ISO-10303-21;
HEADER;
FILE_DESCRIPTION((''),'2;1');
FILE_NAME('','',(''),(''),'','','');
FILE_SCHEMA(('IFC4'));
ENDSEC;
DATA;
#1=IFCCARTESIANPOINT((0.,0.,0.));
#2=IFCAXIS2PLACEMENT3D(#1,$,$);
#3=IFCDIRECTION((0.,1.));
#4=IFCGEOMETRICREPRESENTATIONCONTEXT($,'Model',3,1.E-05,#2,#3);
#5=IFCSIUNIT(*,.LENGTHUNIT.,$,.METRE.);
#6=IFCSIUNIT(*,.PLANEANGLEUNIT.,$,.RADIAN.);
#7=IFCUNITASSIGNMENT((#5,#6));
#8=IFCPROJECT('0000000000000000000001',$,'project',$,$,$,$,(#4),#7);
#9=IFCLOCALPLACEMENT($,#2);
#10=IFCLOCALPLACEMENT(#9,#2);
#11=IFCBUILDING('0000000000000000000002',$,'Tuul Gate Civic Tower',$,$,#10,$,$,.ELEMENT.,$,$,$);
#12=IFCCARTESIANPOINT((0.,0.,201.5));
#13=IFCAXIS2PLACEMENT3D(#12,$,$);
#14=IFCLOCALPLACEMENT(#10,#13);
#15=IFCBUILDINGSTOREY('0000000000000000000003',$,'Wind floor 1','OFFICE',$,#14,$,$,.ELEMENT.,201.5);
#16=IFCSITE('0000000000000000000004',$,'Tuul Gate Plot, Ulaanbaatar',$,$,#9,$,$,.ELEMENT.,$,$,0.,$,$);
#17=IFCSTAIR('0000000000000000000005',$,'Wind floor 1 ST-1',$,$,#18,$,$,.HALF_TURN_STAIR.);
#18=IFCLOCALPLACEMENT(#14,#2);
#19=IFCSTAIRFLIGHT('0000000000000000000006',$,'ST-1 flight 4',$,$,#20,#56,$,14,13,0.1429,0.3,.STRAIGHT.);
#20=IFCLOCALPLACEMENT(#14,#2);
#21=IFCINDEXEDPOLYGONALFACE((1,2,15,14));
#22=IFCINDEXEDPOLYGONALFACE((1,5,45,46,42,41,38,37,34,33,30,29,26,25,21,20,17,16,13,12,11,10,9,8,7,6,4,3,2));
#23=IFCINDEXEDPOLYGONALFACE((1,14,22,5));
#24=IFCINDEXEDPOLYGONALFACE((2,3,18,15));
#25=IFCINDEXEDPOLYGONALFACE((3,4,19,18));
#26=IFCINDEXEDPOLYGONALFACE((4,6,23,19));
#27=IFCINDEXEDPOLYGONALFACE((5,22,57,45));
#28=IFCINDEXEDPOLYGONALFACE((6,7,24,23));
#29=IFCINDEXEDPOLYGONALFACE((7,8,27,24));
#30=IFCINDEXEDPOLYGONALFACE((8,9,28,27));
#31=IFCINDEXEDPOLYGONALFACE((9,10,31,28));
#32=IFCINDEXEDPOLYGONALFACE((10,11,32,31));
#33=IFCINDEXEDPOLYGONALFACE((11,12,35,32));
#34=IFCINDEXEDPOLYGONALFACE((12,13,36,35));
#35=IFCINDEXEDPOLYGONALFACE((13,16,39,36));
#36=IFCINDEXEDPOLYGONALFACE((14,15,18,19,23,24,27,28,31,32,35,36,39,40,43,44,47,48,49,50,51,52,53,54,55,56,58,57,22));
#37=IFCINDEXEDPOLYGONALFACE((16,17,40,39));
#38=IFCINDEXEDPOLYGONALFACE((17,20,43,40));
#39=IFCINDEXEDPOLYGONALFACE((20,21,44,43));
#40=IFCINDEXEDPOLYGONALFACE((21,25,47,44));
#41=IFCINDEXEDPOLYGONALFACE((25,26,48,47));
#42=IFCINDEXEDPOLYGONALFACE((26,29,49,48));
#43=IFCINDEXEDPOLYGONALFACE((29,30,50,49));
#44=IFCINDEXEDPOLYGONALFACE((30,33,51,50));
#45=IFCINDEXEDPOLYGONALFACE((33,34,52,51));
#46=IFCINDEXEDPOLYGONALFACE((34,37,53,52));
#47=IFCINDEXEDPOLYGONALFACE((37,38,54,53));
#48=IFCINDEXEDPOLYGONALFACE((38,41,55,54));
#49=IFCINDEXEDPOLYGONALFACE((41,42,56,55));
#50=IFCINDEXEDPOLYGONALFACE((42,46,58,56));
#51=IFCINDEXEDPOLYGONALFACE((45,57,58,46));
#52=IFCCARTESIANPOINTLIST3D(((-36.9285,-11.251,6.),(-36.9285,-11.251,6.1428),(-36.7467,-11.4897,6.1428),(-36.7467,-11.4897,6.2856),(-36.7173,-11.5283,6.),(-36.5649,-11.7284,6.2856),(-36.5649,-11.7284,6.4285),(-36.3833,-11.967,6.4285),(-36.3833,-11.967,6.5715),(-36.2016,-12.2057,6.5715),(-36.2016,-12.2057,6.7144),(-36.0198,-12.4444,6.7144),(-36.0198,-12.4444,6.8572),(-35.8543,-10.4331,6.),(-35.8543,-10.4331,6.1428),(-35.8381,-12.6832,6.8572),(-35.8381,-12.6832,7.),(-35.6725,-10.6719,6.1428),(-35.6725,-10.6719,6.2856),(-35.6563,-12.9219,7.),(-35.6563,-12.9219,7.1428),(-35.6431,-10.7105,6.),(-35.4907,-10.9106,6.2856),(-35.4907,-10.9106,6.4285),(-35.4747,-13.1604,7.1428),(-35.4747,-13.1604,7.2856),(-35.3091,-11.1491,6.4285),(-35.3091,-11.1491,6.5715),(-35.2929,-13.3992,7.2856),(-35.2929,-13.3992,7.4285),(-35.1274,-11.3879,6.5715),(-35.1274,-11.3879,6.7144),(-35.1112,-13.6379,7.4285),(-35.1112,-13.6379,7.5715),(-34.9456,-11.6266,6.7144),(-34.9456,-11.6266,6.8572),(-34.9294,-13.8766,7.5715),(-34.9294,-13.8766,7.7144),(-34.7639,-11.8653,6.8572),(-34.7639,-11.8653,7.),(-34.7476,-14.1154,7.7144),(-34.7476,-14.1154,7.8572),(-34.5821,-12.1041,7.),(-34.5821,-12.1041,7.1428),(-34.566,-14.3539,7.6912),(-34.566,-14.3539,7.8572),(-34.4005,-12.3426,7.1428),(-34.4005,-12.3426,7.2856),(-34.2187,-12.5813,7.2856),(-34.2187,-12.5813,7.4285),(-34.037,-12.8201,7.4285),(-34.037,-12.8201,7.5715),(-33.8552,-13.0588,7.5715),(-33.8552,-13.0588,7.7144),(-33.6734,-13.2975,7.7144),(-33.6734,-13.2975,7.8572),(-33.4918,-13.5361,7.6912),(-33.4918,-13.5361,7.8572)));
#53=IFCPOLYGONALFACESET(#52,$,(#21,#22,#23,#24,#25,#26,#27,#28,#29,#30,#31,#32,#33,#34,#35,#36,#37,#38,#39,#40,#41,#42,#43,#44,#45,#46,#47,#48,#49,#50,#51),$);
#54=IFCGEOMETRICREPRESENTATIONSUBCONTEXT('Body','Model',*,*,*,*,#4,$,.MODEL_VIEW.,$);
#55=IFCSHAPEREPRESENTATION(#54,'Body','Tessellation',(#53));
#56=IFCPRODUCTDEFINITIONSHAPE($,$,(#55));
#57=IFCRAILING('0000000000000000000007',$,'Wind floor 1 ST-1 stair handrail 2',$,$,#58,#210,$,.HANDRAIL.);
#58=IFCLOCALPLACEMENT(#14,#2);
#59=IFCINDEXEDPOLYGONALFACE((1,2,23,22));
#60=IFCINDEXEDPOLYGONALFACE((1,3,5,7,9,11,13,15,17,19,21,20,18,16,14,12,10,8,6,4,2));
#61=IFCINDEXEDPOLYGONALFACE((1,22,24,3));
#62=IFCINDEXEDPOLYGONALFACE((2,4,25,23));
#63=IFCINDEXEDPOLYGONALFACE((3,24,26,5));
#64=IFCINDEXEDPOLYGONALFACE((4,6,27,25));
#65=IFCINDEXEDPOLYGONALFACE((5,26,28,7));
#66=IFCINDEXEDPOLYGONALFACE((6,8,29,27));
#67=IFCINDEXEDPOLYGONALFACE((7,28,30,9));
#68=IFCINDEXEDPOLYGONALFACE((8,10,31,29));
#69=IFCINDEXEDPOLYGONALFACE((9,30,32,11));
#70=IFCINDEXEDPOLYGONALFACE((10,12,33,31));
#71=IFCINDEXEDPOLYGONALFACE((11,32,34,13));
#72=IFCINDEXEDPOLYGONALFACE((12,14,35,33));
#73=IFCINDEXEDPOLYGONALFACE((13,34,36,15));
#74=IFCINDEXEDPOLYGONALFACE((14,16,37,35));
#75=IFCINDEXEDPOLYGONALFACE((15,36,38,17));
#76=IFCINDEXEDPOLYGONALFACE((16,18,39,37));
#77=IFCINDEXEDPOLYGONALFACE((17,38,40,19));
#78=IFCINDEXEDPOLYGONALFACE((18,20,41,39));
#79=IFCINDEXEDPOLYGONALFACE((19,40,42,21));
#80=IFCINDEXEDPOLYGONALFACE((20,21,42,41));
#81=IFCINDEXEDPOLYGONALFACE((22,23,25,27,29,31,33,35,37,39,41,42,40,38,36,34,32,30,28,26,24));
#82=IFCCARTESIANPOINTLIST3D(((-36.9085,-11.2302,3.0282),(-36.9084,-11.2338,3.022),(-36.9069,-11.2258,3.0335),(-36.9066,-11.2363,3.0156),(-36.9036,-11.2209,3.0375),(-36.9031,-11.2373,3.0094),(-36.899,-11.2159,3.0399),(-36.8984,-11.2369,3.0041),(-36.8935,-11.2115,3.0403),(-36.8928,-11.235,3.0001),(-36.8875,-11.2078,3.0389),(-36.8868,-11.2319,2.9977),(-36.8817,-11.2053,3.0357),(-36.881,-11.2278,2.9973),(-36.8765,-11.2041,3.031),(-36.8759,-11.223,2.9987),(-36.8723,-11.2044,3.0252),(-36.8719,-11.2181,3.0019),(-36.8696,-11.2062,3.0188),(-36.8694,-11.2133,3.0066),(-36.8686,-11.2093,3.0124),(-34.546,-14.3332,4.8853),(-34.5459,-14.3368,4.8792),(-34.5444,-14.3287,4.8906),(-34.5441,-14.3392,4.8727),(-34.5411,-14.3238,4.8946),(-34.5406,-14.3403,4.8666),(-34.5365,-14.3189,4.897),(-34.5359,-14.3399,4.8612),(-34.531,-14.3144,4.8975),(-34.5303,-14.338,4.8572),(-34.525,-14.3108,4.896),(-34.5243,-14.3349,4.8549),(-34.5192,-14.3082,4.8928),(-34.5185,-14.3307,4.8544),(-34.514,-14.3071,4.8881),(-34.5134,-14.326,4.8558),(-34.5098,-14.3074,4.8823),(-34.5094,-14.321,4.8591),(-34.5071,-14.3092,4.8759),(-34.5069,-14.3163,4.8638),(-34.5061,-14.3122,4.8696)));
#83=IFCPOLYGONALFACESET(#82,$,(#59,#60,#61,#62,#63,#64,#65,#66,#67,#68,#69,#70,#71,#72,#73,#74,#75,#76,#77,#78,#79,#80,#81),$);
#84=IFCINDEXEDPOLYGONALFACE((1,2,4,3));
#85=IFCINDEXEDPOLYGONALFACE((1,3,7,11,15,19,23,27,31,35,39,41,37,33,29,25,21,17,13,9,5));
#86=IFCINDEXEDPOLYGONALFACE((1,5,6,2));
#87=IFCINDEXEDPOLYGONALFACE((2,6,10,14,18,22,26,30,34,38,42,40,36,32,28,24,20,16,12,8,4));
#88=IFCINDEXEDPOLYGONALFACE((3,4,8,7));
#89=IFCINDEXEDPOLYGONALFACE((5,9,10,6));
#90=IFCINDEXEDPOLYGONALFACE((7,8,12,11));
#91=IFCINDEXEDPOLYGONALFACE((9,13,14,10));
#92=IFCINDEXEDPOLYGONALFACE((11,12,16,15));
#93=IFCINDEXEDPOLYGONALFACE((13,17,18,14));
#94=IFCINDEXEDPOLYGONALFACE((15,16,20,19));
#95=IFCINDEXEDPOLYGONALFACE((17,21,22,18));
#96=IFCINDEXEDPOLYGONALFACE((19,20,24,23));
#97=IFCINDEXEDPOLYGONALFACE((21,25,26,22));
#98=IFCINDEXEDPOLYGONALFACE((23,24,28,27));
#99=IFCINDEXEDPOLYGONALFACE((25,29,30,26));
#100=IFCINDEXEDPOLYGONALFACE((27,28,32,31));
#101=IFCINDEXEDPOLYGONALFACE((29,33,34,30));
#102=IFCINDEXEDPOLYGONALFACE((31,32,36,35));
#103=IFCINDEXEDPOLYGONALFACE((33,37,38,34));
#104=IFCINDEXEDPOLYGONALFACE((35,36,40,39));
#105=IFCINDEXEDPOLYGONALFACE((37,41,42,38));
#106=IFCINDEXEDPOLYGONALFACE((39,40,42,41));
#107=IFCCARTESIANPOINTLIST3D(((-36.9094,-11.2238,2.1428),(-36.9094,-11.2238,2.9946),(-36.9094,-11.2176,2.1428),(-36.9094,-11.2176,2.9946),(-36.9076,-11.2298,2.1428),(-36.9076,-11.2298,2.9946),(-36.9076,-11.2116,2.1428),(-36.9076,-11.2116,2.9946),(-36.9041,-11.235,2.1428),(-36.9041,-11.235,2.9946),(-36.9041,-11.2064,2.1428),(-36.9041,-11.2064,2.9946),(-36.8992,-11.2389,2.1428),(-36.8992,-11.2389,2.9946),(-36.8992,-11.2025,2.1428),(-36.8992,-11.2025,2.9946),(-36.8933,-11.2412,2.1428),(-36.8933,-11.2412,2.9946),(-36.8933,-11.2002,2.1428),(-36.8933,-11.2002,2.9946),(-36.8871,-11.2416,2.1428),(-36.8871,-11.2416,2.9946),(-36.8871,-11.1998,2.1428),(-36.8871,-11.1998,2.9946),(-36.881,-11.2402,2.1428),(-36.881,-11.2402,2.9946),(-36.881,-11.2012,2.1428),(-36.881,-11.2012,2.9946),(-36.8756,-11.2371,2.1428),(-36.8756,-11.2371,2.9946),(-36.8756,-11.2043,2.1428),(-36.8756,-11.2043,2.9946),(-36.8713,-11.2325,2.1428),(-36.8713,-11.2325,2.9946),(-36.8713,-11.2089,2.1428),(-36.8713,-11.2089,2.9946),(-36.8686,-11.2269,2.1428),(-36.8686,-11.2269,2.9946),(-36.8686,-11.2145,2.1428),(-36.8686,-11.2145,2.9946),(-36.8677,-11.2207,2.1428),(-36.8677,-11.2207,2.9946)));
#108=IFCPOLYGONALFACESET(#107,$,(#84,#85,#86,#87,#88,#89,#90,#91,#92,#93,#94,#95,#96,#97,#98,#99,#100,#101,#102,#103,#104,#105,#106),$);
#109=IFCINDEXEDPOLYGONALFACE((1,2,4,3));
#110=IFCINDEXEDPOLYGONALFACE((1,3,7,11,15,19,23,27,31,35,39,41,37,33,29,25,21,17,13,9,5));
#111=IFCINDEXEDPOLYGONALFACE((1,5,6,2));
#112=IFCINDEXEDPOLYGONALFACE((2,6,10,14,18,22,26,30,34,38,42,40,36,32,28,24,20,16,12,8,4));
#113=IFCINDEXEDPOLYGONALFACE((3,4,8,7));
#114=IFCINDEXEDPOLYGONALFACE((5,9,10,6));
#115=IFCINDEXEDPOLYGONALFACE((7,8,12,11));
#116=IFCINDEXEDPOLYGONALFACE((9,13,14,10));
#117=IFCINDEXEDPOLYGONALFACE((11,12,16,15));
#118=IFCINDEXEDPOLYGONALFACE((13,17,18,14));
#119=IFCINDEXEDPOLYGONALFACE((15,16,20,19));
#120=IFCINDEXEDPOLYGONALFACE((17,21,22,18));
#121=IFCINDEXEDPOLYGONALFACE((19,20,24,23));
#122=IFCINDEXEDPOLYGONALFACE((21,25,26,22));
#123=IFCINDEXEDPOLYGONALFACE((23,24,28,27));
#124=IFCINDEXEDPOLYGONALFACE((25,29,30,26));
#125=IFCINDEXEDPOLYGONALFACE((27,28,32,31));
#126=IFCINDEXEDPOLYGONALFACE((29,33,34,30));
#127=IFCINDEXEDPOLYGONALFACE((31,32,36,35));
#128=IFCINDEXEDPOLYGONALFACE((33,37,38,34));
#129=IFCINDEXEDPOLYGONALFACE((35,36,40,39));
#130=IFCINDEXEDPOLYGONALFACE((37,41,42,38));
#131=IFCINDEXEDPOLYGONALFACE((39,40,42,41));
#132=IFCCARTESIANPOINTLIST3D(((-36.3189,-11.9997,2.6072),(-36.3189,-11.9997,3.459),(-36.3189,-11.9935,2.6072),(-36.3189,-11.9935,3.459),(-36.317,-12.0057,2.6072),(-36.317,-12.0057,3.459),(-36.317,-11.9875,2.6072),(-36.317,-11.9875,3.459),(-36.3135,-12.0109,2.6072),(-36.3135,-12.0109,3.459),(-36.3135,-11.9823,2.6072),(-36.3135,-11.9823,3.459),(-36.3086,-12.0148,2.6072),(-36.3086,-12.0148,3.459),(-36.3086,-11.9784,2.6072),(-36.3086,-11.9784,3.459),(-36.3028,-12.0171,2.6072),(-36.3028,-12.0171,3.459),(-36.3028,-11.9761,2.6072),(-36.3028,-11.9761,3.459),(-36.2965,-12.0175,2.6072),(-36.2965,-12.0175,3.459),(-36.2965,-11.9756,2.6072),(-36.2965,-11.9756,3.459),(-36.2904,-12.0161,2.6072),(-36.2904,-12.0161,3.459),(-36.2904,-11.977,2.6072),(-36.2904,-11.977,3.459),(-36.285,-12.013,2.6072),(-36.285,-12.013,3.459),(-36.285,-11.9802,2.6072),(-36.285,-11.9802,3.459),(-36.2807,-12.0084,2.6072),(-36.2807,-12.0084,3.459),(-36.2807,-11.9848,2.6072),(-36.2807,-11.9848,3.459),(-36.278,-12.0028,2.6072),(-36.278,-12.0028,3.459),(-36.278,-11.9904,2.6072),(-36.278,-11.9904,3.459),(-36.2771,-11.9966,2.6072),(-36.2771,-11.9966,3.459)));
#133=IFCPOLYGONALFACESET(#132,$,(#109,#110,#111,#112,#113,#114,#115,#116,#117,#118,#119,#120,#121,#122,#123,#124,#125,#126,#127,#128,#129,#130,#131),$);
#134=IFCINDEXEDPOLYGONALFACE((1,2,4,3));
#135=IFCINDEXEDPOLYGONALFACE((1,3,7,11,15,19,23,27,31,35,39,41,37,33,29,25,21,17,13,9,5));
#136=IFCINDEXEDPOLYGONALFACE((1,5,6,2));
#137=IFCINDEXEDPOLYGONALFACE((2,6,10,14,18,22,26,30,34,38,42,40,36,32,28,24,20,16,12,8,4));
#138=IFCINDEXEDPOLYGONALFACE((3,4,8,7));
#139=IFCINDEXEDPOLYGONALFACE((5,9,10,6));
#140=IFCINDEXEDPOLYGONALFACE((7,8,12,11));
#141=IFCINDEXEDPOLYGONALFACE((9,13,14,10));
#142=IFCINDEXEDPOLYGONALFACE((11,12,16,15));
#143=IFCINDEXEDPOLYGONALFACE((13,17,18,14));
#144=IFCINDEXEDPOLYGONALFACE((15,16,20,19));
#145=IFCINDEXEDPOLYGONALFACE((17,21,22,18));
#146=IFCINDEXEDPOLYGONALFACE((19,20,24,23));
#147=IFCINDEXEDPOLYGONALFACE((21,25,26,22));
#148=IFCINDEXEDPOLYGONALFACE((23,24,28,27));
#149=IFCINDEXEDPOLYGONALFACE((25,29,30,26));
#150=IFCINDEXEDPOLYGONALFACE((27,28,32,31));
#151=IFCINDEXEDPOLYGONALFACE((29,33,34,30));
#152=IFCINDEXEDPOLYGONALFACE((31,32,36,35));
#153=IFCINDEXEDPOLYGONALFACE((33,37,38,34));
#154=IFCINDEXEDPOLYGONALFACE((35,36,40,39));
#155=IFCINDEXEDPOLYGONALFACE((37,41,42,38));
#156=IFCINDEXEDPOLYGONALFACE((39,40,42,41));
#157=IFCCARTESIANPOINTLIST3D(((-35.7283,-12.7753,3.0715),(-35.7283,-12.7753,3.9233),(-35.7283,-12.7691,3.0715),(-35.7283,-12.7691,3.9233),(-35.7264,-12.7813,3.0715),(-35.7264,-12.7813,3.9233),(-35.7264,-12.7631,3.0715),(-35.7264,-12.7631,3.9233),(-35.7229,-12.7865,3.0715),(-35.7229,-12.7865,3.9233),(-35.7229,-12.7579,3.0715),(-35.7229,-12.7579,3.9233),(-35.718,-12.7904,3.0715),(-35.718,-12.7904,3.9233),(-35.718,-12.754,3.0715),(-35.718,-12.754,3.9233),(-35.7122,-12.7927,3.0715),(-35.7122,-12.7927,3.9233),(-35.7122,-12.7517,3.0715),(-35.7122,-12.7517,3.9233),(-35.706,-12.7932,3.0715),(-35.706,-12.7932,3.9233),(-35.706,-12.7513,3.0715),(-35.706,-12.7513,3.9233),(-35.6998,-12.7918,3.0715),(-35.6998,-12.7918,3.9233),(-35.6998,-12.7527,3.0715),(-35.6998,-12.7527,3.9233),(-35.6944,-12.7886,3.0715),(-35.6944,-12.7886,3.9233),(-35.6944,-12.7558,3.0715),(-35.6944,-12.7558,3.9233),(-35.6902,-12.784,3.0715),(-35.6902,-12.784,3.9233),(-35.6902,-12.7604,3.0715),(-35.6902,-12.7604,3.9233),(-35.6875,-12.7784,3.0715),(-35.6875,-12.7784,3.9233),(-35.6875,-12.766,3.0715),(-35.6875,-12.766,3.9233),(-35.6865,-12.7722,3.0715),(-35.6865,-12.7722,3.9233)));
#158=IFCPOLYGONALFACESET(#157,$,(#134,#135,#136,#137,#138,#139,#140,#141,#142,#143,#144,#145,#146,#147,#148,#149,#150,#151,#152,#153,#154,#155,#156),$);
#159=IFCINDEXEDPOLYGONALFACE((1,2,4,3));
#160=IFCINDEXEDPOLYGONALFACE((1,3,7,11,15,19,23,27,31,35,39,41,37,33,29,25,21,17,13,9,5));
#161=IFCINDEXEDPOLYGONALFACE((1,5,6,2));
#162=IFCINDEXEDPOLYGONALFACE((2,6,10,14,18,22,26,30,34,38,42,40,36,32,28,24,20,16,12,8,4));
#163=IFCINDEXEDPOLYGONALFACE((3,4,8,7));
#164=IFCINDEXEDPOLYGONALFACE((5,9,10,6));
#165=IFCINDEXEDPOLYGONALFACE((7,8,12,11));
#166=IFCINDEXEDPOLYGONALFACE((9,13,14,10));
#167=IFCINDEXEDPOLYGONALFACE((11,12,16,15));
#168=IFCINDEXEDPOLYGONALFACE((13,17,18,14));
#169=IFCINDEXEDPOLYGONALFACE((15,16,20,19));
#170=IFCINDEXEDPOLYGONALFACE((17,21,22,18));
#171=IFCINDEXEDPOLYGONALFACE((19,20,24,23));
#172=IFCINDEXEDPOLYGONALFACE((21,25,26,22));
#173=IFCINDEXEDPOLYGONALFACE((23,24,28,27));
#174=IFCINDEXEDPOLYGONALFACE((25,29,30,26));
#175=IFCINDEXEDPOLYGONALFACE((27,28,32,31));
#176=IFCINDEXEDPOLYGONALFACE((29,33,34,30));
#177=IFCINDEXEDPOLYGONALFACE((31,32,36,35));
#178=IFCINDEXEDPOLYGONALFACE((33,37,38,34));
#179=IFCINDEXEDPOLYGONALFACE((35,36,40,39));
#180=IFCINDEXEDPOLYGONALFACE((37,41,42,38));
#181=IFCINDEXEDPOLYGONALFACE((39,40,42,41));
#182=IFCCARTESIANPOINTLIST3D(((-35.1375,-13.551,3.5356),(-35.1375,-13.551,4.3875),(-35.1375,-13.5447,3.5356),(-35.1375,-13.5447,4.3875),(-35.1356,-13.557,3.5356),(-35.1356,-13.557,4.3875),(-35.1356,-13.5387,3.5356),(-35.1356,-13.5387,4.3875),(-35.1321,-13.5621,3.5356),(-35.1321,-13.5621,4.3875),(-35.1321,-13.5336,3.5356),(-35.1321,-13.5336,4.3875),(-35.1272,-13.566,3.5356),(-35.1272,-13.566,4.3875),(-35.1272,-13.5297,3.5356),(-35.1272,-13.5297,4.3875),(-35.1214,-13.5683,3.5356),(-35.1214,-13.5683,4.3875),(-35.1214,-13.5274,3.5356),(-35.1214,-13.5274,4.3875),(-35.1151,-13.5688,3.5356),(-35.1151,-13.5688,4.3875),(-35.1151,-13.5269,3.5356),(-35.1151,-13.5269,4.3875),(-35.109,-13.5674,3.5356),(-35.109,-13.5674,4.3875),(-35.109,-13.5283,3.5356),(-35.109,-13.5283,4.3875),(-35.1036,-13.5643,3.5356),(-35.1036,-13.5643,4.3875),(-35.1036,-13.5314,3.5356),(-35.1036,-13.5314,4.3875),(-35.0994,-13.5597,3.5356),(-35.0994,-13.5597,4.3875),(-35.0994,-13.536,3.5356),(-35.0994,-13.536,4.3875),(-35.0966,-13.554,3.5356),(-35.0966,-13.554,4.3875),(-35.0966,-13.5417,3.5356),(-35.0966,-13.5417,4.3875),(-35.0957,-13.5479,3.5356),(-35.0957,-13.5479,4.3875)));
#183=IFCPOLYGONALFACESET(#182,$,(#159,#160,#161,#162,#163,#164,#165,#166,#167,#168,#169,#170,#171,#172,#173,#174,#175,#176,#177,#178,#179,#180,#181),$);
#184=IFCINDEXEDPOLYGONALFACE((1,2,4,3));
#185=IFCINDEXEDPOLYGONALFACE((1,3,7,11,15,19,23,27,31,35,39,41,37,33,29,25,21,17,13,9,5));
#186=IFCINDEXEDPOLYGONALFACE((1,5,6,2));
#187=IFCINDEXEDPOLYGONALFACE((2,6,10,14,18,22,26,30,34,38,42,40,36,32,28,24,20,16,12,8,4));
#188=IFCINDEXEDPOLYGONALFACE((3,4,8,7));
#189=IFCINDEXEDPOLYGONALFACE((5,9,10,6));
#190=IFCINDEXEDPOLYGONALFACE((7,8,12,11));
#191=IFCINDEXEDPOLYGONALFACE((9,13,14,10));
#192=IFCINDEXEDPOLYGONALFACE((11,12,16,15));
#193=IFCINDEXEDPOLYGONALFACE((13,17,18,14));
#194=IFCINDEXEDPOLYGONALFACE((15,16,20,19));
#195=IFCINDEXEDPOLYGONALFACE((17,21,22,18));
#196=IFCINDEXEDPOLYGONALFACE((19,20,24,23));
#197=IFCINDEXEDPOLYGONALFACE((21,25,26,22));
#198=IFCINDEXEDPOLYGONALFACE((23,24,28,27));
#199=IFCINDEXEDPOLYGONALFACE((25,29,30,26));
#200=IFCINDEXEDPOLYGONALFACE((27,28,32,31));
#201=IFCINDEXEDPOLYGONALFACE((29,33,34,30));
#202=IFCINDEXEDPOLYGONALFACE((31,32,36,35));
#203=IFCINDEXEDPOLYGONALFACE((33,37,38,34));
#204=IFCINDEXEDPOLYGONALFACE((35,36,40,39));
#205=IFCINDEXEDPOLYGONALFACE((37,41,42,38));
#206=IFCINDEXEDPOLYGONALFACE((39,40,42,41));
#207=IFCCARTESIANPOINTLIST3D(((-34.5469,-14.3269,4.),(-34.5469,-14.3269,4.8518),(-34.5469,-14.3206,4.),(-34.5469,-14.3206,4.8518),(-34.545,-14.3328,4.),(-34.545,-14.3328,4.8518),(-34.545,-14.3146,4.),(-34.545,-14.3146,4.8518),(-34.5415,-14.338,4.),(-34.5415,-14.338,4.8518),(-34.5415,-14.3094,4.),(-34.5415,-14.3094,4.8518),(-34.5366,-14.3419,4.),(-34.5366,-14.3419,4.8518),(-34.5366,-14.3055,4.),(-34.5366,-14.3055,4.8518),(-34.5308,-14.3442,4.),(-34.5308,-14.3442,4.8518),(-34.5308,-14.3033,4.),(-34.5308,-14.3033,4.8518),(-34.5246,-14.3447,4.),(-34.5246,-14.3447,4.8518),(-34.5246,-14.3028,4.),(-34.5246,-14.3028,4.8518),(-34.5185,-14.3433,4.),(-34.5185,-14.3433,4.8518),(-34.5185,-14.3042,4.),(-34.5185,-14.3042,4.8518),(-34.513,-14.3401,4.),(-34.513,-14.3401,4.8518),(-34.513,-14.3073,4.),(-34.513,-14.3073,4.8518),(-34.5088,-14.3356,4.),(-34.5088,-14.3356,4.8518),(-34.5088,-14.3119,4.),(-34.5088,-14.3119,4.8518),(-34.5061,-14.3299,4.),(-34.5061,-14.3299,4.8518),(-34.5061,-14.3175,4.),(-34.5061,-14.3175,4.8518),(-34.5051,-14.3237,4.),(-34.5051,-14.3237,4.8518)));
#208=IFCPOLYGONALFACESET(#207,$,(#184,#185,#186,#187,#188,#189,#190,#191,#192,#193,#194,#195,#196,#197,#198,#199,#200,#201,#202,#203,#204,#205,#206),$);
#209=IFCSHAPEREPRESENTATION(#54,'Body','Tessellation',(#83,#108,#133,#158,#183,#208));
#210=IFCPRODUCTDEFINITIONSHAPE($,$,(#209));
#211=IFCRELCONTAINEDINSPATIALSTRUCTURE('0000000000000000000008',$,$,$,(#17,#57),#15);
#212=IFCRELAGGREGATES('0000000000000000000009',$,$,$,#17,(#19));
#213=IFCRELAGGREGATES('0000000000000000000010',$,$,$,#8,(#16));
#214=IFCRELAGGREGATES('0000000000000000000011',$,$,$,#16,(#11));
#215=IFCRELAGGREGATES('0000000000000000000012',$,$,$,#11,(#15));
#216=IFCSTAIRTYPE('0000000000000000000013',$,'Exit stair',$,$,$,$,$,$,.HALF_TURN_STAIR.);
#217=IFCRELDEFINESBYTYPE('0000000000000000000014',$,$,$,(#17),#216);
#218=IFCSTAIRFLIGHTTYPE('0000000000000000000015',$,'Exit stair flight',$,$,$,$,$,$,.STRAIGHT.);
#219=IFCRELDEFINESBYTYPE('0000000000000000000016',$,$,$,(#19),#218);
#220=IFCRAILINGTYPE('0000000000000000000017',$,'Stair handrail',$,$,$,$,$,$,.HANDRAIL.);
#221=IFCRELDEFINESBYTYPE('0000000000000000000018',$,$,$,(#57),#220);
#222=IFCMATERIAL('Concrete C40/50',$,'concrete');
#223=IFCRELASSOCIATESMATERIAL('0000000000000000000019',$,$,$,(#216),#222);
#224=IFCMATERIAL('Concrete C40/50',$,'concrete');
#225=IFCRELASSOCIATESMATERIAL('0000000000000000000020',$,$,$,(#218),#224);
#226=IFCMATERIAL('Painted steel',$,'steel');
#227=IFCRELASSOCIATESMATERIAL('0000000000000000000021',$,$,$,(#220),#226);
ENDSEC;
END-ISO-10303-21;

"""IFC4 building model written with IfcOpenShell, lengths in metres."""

from ifc_helpers import new_model, si_unit, direction, frame, origin, origin_2d, place, context, subcontext, project, spatial, polyline, circle, outline, extrude, material, type_object, element, aggregate, save


model = new_model("IFC4")

# Units and contexts
model_context = context("Model", 3, precision=1e-05, world=origin(), true_north=direction((0.0, 1.0)))
body_context = subcontext(model_context, "Body", "Model", "MODEL_VIEW")
ifc_project = project(units=[si_unit("LENGTHUNIT", "METRE"), si_unit("PLANEANGLEUNIT", "RADIAN")], contexts=[model_context])

# Site, building, storey
site_placement = place(None, origin())
site = spatial("IfcSite", under=ifc_project, at=site_placement, Name="Tuul Gate Plot, Ulaanbaatar", CompositionType="ELEMENT", RefElevation=0.0)
building_placement = place(site_placement, origin())
building = spatial("IfcBuilding", under=site, at=building_placement, Name="Tuul Gate Civic Tower", CompositionType="ELEMENT")
storey_placement = place(building_placement, frame((0.0, 0.0, 201.5)))
storey = spatial("IfcBuildingStorey", under=building, at=storey_placement, Name="Wind floor 1", Description="OFFICE", CompositionType="ELEMENT", Elevation=201.5)

# Stair, stair flight
ifc_material_1 = material(Name="Concrete C40/50", Category="concrete")
stair_type = type_object("IfcStairType", Name="Exit stair", PredefinedType="HALF_TURN_STAIR", material=ifc_material_1)
stair_placement = place(storey_placement, origin())
stair = element("IfcStair", 1, at=stair_placement, inside=storey, type_object=stair_type, Name="Wind floor 1 ST-1", PredefinedType="HALF_TURN_STAIR")
ifc_material_2 = material(Name="Concrete C40/50", Category="concrete")
stair_flight_type = type_object("IfcStairFlightType", Name="Exit stair flight", PredefinedType="STRAIGHT", material=ifc_material_2)
stair_flight_1_placement = place(storey_placement, frame((-36.3914, -10.842, 6.0), z_axis=(0.0, 0.0, 1.0), x_axis=(0.605764, -0.795644, 0.0)))
stair_flight_1 = element("IfcStairFlight", 2, at=stair_flight_1_placement, type_object=stair_flight_type, Name="ST-1 flight 4", NumberOfRisers=14, NumberOfTreads=13, PredefinedType="STRAIGHT", RiserHeight=0.1429, TreadLength=0.3, context=body_context, shape_type="SweptSolid", body=[
    extrude(outline(polyline([(0.0, 0.0), (0.0, 0.1428), (0.3, 0.1428), (0.3, 0.2856), (0.6001, 0.2856), (0.6001, 0.4285), (0.8999, 0.4285), (0.8999, 0.5715), (1.2, 0.5715), (1.2, 0.7144), (1.5, 0.7144), (1.5, 0.8572), (1.8, 0.8572), (1.8, 1.0), (2.1001, 1.0), (2.1001, 1.1428), (2.3999, 1.1428), (2.3999, 1.2856), (2.7, 1.2856), (2.7, 1.4285), (3.0, 1.4285), (3.0, 1.5715), (3.3, 1.5715), (3.3, 1.7144), (3.6001, 1.7144), (3.6001, 1.8572), (3.8999, 1.8572), (3.8999, 2.0), (3.8999, 1.6912), (0.3486, 0.0), (0.0, 0.0)])), frame((0.0, 0.675, 0.0), z_axis=(0.0, -1.0, 0.0), x_axis=(1.0, 0.0, 0.0)), (0.0, 0.0, 1.0), 1.3501),
])
aggregate(stair, [stair_flight_1])

# Railing
ifc_material_3 = material(Name="Painted steel", Category="steel")
railing_type = type_object("IfcRailingType", Name="Stair handrail", PredefinedType="HANDRAIL", material=ifc_material_3)
for number, where, name in (
    (3, (-36.8887, -11.2207, 2.1428), "Wind floor 1 ST-1 stair handrail 2"),
):
    element("IfcRailing", number, at=place(storey_placement, frame(where)), inside=storey, type_object=railing_type, Name=name, PredefinedType="HANDRAIL", context=body_context, shape_type="SweptSolid", body=[
        extrude(circle(Radius=0.0239, at=origin_2d()), frame((0.0, 0.0, 0.876), z_axis=(0.546928, -0.718349, 0.429935), x_axis=(0.795637, 0.605773, 0.0)), (0.0, 0.0, 1.0), 4.3196),
        extrude(circle(Radius=0.021, at=origin_2d()), origin(), (0.0, 0.0, 1.0), 0.8518),
        extrude(circle(Radius=0.021, at=origin_2d()), frame((0.5906, -0.7759, 0.4644)), (0.0, 0.0, 1.0), 0.8518),
        extrude(circle(Radius=0.021, at=origin_2d()), frame((1.1812, -1.5515, 0.9287)), (0.0, 0.0, 1.0), 0.8518),
        extrude(circle(Radius=0.021, at=origin_2d()), frame((1.772, -2.3271, 1.3928)), (0.0, 0.0, 1.0), 0.8518),
        extrude(circle(Radius=0.021, at=origin_2d()), frame((2.3625, -3.103, 1.8572)), (0.0, 0.0, 1.0), 0.8518),
    ])

save(model, "model.ifc")
